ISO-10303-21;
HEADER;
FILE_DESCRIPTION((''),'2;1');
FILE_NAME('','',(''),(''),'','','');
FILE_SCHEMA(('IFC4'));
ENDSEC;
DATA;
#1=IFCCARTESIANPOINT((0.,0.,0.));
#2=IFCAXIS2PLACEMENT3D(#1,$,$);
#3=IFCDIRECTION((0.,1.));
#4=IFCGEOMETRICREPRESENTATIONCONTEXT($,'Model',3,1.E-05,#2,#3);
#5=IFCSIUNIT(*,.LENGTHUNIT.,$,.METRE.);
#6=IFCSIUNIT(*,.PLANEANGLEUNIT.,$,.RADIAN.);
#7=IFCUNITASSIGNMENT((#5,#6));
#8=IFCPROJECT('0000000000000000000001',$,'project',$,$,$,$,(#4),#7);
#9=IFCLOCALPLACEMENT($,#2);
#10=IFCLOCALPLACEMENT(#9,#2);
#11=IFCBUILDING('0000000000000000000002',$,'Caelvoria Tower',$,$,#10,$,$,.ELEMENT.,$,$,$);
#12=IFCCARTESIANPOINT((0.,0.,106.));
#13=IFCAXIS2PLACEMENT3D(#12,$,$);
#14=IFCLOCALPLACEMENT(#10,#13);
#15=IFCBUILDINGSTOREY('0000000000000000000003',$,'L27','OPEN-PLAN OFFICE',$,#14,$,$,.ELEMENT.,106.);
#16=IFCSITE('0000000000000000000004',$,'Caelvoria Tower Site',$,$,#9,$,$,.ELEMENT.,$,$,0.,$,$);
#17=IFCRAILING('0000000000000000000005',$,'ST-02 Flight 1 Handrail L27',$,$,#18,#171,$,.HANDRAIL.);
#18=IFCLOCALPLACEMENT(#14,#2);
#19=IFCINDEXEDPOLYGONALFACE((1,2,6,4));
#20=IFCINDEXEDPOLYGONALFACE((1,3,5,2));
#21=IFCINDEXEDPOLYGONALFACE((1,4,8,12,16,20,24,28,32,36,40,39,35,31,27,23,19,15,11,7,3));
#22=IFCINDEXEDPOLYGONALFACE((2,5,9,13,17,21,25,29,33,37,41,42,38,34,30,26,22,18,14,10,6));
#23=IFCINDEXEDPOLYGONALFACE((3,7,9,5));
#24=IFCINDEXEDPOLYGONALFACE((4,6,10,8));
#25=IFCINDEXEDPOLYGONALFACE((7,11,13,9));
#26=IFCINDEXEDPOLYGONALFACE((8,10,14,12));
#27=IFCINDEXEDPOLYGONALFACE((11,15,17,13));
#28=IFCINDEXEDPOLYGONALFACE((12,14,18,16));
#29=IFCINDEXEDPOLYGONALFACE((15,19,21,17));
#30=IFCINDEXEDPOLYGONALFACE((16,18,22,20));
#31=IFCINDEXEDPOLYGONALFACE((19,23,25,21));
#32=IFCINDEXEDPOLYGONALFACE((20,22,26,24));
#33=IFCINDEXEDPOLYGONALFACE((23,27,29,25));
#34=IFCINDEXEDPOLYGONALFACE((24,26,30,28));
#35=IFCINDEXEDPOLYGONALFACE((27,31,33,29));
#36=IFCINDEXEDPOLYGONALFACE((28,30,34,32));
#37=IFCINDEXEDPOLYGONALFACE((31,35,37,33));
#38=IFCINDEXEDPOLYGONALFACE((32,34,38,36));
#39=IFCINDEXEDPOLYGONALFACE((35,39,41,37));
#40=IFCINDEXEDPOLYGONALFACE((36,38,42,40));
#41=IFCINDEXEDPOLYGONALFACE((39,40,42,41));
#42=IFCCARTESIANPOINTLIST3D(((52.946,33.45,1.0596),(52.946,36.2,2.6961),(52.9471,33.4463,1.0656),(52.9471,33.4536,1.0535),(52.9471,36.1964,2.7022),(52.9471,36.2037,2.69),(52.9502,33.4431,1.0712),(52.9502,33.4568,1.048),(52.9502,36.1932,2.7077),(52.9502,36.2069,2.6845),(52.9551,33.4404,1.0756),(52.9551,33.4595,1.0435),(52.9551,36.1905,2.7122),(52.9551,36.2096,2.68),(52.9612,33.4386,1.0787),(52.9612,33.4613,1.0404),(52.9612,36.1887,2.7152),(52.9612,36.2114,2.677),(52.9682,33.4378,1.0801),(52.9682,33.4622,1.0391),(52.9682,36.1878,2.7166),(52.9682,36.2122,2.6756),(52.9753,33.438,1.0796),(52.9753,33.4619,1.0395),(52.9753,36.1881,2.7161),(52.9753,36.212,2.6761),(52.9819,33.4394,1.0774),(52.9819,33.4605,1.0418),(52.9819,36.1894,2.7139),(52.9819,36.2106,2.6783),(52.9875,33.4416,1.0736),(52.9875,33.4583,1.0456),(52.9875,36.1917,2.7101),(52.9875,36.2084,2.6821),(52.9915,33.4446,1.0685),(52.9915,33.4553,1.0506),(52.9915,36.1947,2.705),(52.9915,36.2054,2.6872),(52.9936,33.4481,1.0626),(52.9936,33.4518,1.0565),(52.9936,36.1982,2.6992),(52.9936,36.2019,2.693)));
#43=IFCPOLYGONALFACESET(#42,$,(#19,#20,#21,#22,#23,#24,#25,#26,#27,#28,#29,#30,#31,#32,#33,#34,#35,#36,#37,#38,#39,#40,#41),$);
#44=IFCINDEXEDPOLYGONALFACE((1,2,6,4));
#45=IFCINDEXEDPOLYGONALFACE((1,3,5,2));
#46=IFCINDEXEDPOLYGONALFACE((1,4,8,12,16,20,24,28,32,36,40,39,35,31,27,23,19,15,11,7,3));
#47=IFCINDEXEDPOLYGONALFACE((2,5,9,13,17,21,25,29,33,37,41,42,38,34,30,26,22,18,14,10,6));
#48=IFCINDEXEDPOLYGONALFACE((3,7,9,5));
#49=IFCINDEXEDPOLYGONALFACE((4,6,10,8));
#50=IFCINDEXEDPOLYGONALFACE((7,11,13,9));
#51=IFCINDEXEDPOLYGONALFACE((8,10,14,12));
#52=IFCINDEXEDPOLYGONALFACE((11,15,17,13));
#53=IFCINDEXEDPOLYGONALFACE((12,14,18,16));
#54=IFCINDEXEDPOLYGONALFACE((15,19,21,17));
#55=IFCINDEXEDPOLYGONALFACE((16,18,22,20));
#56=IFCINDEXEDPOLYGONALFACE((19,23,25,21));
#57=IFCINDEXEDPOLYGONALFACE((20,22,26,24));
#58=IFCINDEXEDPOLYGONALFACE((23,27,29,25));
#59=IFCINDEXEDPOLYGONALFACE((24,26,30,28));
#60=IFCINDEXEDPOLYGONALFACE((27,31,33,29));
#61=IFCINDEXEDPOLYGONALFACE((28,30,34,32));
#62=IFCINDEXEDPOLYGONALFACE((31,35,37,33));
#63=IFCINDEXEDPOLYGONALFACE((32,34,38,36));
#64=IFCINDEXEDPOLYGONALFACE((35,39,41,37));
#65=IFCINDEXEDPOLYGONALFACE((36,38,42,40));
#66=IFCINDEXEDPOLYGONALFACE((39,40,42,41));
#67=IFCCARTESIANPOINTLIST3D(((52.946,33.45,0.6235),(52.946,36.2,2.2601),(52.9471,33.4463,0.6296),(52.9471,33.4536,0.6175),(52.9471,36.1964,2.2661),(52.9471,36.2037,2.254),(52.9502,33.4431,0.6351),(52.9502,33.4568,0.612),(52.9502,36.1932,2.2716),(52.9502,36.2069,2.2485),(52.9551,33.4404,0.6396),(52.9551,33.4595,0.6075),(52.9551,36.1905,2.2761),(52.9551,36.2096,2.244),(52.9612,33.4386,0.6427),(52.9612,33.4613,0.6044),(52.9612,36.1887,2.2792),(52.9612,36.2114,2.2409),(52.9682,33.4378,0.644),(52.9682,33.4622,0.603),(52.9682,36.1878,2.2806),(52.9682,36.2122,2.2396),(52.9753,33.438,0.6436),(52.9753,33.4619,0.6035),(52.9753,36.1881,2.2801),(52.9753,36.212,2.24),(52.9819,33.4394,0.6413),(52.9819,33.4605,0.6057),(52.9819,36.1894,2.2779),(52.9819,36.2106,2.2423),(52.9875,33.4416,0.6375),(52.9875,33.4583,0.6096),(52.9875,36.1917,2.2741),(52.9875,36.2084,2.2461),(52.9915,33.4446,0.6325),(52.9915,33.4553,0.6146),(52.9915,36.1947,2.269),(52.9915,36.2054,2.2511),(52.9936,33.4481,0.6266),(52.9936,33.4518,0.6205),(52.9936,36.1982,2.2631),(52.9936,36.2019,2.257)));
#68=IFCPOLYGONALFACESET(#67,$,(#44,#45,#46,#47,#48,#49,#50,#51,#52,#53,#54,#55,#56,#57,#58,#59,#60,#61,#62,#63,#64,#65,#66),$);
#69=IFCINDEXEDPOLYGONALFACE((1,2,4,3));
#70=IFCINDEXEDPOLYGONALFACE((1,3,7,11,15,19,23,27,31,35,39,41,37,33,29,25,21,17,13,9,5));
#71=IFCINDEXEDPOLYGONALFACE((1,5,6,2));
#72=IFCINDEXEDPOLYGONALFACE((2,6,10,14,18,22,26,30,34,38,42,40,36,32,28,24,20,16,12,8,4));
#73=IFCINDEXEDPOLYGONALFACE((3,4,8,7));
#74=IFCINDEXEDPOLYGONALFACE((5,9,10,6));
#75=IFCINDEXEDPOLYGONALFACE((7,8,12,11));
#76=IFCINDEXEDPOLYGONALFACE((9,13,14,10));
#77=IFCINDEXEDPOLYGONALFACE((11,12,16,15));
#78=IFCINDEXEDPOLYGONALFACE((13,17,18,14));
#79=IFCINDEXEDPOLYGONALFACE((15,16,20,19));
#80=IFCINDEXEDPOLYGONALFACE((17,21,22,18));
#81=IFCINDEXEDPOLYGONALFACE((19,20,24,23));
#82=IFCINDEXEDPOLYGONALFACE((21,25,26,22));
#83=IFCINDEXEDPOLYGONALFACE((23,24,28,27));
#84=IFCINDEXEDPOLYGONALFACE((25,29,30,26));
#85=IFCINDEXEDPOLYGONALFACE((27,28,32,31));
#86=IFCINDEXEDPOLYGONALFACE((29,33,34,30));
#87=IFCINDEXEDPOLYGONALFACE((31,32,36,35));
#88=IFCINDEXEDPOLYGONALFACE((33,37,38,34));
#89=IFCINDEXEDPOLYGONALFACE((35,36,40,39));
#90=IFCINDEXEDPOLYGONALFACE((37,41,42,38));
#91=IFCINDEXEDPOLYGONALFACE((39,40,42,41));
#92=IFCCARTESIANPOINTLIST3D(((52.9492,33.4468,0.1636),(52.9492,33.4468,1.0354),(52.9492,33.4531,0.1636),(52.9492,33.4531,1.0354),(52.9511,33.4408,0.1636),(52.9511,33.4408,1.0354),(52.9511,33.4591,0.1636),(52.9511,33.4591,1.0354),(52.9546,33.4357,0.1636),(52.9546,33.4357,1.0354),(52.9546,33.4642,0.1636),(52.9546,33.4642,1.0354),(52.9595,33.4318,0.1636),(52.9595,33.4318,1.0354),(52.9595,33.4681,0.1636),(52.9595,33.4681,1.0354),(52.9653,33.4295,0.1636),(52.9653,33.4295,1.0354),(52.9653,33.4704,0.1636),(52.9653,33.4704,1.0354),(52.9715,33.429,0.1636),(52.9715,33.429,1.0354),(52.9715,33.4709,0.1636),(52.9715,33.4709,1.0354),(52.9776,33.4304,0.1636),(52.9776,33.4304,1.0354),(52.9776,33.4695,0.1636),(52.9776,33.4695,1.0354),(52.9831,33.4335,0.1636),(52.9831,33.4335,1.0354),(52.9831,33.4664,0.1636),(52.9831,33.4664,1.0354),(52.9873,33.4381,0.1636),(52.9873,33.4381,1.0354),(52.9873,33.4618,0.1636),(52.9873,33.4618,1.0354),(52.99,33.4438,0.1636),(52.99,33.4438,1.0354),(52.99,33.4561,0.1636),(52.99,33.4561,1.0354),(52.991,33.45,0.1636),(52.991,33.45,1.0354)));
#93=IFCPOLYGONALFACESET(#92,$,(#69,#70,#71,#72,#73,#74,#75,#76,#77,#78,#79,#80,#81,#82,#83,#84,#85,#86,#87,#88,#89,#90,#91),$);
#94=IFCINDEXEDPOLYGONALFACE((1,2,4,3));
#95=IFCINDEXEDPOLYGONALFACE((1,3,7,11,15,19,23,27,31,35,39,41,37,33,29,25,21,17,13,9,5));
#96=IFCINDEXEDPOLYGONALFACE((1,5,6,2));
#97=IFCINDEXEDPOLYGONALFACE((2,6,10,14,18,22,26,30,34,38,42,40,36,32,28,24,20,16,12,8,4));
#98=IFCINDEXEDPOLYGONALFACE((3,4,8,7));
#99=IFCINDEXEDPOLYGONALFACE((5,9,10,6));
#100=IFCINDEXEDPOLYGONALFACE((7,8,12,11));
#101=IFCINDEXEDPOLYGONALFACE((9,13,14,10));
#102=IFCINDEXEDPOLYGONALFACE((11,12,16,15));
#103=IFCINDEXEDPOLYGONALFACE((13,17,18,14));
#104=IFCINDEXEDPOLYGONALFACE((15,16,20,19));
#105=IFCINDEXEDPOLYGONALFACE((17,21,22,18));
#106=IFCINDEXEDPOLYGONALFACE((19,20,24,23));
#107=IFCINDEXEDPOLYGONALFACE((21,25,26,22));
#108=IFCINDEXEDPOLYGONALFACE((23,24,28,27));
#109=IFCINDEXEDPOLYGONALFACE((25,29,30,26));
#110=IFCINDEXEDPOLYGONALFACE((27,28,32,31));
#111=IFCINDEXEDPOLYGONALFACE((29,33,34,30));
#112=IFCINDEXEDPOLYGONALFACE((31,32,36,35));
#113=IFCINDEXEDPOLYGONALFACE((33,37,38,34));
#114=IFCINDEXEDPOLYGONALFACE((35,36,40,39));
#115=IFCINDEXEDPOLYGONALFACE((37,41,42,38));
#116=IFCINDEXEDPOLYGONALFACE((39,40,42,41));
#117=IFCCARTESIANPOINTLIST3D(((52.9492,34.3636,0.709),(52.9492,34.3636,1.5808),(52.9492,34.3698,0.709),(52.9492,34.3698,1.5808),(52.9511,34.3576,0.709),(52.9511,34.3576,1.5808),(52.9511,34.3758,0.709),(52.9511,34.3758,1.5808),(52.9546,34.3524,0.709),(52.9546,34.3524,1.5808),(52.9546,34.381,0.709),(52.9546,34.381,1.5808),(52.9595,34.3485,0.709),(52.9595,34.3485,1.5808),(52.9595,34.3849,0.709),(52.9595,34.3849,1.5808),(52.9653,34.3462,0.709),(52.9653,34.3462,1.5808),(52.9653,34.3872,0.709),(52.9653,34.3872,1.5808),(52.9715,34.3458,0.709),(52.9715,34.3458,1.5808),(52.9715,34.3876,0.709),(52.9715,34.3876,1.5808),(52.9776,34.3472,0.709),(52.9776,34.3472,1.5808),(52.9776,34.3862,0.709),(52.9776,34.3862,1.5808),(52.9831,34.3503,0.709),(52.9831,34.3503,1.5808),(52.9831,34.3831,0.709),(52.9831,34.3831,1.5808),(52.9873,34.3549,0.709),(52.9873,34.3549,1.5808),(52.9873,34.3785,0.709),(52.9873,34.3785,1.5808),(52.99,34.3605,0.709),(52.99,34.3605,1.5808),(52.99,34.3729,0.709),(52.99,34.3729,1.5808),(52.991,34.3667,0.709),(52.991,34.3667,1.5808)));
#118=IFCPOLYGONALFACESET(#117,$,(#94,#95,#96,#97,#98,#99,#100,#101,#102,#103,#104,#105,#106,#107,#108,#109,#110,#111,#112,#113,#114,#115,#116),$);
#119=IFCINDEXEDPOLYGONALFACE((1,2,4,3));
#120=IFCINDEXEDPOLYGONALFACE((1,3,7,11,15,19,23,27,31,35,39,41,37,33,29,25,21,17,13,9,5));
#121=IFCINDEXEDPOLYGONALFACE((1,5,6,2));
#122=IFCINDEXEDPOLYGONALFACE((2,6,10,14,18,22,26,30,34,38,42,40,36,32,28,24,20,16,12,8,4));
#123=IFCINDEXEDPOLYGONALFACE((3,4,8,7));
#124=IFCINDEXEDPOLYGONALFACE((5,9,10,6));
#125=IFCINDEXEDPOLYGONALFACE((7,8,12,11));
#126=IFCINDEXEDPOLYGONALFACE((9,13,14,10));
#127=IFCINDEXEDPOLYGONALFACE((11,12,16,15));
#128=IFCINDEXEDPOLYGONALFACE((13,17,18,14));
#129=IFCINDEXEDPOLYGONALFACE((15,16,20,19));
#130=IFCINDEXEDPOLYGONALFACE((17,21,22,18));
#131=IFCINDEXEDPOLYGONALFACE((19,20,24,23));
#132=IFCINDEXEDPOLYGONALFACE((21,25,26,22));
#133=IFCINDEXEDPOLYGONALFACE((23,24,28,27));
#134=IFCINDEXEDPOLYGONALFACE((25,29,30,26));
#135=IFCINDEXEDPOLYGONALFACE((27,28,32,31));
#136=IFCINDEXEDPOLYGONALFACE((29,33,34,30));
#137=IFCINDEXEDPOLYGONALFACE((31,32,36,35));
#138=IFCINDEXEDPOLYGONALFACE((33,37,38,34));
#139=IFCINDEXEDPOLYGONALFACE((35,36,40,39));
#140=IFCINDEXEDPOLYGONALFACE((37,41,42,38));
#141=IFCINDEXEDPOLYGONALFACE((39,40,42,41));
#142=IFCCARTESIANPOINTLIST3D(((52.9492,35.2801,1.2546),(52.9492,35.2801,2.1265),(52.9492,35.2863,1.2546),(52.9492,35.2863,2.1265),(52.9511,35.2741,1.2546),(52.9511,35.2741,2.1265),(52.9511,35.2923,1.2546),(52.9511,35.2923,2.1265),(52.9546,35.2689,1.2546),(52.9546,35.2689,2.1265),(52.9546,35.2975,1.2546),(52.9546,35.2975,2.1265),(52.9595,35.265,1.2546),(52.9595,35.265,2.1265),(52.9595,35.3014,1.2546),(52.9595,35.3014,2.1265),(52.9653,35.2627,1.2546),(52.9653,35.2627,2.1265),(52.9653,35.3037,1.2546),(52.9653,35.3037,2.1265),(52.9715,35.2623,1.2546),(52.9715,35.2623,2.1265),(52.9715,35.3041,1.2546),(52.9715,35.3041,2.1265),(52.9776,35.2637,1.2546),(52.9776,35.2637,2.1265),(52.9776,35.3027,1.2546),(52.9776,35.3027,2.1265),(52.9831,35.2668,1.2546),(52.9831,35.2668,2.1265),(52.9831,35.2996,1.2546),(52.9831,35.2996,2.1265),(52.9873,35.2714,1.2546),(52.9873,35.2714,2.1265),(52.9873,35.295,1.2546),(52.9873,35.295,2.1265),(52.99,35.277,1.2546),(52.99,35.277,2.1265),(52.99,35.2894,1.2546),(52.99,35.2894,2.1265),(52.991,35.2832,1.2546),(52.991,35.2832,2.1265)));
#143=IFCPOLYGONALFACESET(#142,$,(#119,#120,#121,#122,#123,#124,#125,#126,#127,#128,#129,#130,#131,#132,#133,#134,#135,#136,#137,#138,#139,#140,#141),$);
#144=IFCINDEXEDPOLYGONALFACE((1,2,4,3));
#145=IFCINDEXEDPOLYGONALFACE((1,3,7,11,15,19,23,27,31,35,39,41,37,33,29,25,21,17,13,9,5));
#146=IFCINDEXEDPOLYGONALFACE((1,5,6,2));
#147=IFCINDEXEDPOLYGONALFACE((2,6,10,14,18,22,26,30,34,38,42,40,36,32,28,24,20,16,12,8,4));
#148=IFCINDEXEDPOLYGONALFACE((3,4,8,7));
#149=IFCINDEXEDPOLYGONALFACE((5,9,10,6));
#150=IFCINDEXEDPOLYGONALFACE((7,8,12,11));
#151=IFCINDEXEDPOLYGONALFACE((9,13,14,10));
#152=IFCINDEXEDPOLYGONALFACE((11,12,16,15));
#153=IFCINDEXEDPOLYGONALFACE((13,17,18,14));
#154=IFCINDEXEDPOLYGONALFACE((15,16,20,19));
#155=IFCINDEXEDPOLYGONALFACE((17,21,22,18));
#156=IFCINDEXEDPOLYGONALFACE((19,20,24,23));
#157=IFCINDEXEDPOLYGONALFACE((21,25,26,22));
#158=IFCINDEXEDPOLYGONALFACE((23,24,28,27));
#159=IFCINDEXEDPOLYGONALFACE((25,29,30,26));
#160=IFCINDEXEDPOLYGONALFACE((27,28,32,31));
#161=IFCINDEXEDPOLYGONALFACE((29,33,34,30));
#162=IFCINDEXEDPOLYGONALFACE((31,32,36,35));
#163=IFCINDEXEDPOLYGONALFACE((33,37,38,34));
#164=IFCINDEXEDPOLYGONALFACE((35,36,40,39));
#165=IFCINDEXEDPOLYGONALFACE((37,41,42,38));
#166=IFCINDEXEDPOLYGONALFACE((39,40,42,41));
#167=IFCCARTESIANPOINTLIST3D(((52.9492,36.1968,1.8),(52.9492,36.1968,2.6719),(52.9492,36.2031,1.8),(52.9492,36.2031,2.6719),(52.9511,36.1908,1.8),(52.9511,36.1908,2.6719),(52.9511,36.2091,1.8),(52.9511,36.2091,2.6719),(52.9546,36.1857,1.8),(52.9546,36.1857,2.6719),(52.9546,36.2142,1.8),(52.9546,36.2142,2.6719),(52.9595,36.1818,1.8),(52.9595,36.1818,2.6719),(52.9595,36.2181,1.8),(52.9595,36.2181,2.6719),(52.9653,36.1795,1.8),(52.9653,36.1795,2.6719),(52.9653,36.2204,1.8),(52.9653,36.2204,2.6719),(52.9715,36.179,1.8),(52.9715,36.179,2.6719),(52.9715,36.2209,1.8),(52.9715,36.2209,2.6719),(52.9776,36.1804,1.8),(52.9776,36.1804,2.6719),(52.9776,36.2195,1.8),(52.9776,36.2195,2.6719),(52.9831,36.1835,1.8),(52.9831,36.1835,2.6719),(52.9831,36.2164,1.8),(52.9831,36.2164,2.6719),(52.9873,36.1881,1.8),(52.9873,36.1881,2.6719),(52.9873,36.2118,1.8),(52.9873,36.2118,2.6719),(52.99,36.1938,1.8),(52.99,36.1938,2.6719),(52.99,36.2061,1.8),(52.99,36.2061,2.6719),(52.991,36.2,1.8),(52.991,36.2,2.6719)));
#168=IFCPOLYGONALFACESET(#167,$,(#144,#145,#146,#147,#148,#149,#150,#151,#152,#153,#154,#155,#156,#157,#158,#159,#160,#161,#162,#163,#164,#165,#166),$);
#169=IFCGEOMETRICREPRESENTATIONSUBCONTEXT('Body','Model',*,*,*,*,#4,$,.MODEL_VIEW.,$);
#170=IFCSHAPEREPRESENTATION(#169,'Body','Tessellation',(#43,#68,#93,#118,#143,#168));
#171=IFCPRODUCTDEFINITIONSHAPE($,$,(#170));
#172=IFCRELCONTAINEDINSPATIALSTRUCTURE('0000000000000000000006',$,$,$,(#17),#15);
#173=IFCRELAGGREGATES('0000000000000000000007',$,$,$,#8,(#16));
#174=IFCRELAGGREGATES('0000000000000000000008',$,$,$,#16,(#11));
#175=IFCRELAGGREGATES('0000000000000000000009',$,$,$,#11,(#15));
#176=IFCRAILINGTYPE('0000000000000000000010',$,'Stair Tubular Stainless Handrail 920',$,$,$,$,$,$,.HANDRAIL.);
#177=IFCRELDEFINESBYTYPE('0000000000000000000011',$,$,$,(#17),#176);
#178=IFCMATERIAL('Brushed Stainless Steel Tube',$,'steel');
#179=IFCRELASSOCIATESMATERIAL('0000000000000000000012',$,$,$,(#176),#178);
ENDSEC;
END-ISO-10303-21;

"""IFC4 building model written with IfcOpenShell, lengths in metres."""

from ifc_helpers import new_model, si_unit, direction, frame, origin, origin_2d, place, context, subcontext, project, spatial, circle, extrude, material, type_object, element, save


model = new_model("IFC4")

# Units and contexts
model_context = context("Model", 3, precision=1e-05, world=origin(), true_north=direction((0.0, 1.0)))
body_context = subcontext(model_context, "Body", "Model", "MODEL_VIEW")
ifc_project = project(units=[si_unit("LENGTHUNIT", "METRE"), si_unit("PLANEANGLEUNIT", "RADIAN")], contexts=[model_context])

# Site, building, storey
site_placement = place(None, origin())
site = spatial("IfcSite", under=ifc_project, at=site_placement, Name="Caelvoria Tower Site", CompositionType="ELEMENT", RefElevation=0.0)
building_placement = place(site_placement, origin())
building = spatial("IfcBuilding", under=site, at=building_placement, Name="Caelvoria Tower", CompositionType="ELEMENT")
storey_placement = place(building_placement, frame((0.0, 0.0, 106.0)))
storey = spatial("IfcBuildingStorey", under=building, at=storey_placement, Name="L27", Description="OPEN-PLAN OFFICE", CompositionType="ELEMENT", Elevation=106.0)

# Railing
ifc_material_1 = material(Name="Brushed Stainless Steel Tube", Category="steel")
railing_type_1 = type_object("IfcRailingType", Name="Stair Tubular Stainless Handrail 920", PredefinedType="HANDRAIL", material=ifc_material_1)
railing_1_placement = place(storey_placement, frame((52.97, 33.45, 0.1636)))
element("IfcRailing", 1, at=railing_1_placement, inside=storey, type_object=railing_type_1, Name="ST-02 Flight 1 Handrail L27", PredefinedType="HANDRAIL", context=body_context, shape_type="SweptSolid", body=[
    extrude(circle(Radius=0.0239, at=origin_2d()), frame((0.0, 0.0, 0.896), z_axis=(0.0, 0.859352, 0.511385), x_axis=(-1.0, 0.0, 0.0)), (0.0, 0.0, 1.0), 3.2002),
    extrude(circle(Radius=0.0239, at=origin_2d()), frame((0.0, 0.0, 0.46), z_axis=(0.0, 0.859352, 0.511385), x_axis=(-1.0, 0.0, 0.0)), (0.0, 0.0, 1.0), 3.2002),
    extrude(circle(Radius=0.021, at=origin_2d()), origin(), (0.0, 0.0, 1.0), 0.8718),
    extrude(circle(Radius=0.021, at=origin_2d()), frame((0.0, 0.9167, 0.5454)), (0.0, 0.0, 1.0), 0.8718),
    extrude(circle(Radius=0.021, at=origin_2d()), frame((0.0, 1.8333, 1.0911)), (0.0, 0.0, 1.0), 0.8718),
    extrude(circle(Radius=0.021, at=origin_2d()), frame((0.0, 2.75, 1.6365)), (0.0, 0.0, 1.0), 0.8718),
])

save(model, "model.ifc")
